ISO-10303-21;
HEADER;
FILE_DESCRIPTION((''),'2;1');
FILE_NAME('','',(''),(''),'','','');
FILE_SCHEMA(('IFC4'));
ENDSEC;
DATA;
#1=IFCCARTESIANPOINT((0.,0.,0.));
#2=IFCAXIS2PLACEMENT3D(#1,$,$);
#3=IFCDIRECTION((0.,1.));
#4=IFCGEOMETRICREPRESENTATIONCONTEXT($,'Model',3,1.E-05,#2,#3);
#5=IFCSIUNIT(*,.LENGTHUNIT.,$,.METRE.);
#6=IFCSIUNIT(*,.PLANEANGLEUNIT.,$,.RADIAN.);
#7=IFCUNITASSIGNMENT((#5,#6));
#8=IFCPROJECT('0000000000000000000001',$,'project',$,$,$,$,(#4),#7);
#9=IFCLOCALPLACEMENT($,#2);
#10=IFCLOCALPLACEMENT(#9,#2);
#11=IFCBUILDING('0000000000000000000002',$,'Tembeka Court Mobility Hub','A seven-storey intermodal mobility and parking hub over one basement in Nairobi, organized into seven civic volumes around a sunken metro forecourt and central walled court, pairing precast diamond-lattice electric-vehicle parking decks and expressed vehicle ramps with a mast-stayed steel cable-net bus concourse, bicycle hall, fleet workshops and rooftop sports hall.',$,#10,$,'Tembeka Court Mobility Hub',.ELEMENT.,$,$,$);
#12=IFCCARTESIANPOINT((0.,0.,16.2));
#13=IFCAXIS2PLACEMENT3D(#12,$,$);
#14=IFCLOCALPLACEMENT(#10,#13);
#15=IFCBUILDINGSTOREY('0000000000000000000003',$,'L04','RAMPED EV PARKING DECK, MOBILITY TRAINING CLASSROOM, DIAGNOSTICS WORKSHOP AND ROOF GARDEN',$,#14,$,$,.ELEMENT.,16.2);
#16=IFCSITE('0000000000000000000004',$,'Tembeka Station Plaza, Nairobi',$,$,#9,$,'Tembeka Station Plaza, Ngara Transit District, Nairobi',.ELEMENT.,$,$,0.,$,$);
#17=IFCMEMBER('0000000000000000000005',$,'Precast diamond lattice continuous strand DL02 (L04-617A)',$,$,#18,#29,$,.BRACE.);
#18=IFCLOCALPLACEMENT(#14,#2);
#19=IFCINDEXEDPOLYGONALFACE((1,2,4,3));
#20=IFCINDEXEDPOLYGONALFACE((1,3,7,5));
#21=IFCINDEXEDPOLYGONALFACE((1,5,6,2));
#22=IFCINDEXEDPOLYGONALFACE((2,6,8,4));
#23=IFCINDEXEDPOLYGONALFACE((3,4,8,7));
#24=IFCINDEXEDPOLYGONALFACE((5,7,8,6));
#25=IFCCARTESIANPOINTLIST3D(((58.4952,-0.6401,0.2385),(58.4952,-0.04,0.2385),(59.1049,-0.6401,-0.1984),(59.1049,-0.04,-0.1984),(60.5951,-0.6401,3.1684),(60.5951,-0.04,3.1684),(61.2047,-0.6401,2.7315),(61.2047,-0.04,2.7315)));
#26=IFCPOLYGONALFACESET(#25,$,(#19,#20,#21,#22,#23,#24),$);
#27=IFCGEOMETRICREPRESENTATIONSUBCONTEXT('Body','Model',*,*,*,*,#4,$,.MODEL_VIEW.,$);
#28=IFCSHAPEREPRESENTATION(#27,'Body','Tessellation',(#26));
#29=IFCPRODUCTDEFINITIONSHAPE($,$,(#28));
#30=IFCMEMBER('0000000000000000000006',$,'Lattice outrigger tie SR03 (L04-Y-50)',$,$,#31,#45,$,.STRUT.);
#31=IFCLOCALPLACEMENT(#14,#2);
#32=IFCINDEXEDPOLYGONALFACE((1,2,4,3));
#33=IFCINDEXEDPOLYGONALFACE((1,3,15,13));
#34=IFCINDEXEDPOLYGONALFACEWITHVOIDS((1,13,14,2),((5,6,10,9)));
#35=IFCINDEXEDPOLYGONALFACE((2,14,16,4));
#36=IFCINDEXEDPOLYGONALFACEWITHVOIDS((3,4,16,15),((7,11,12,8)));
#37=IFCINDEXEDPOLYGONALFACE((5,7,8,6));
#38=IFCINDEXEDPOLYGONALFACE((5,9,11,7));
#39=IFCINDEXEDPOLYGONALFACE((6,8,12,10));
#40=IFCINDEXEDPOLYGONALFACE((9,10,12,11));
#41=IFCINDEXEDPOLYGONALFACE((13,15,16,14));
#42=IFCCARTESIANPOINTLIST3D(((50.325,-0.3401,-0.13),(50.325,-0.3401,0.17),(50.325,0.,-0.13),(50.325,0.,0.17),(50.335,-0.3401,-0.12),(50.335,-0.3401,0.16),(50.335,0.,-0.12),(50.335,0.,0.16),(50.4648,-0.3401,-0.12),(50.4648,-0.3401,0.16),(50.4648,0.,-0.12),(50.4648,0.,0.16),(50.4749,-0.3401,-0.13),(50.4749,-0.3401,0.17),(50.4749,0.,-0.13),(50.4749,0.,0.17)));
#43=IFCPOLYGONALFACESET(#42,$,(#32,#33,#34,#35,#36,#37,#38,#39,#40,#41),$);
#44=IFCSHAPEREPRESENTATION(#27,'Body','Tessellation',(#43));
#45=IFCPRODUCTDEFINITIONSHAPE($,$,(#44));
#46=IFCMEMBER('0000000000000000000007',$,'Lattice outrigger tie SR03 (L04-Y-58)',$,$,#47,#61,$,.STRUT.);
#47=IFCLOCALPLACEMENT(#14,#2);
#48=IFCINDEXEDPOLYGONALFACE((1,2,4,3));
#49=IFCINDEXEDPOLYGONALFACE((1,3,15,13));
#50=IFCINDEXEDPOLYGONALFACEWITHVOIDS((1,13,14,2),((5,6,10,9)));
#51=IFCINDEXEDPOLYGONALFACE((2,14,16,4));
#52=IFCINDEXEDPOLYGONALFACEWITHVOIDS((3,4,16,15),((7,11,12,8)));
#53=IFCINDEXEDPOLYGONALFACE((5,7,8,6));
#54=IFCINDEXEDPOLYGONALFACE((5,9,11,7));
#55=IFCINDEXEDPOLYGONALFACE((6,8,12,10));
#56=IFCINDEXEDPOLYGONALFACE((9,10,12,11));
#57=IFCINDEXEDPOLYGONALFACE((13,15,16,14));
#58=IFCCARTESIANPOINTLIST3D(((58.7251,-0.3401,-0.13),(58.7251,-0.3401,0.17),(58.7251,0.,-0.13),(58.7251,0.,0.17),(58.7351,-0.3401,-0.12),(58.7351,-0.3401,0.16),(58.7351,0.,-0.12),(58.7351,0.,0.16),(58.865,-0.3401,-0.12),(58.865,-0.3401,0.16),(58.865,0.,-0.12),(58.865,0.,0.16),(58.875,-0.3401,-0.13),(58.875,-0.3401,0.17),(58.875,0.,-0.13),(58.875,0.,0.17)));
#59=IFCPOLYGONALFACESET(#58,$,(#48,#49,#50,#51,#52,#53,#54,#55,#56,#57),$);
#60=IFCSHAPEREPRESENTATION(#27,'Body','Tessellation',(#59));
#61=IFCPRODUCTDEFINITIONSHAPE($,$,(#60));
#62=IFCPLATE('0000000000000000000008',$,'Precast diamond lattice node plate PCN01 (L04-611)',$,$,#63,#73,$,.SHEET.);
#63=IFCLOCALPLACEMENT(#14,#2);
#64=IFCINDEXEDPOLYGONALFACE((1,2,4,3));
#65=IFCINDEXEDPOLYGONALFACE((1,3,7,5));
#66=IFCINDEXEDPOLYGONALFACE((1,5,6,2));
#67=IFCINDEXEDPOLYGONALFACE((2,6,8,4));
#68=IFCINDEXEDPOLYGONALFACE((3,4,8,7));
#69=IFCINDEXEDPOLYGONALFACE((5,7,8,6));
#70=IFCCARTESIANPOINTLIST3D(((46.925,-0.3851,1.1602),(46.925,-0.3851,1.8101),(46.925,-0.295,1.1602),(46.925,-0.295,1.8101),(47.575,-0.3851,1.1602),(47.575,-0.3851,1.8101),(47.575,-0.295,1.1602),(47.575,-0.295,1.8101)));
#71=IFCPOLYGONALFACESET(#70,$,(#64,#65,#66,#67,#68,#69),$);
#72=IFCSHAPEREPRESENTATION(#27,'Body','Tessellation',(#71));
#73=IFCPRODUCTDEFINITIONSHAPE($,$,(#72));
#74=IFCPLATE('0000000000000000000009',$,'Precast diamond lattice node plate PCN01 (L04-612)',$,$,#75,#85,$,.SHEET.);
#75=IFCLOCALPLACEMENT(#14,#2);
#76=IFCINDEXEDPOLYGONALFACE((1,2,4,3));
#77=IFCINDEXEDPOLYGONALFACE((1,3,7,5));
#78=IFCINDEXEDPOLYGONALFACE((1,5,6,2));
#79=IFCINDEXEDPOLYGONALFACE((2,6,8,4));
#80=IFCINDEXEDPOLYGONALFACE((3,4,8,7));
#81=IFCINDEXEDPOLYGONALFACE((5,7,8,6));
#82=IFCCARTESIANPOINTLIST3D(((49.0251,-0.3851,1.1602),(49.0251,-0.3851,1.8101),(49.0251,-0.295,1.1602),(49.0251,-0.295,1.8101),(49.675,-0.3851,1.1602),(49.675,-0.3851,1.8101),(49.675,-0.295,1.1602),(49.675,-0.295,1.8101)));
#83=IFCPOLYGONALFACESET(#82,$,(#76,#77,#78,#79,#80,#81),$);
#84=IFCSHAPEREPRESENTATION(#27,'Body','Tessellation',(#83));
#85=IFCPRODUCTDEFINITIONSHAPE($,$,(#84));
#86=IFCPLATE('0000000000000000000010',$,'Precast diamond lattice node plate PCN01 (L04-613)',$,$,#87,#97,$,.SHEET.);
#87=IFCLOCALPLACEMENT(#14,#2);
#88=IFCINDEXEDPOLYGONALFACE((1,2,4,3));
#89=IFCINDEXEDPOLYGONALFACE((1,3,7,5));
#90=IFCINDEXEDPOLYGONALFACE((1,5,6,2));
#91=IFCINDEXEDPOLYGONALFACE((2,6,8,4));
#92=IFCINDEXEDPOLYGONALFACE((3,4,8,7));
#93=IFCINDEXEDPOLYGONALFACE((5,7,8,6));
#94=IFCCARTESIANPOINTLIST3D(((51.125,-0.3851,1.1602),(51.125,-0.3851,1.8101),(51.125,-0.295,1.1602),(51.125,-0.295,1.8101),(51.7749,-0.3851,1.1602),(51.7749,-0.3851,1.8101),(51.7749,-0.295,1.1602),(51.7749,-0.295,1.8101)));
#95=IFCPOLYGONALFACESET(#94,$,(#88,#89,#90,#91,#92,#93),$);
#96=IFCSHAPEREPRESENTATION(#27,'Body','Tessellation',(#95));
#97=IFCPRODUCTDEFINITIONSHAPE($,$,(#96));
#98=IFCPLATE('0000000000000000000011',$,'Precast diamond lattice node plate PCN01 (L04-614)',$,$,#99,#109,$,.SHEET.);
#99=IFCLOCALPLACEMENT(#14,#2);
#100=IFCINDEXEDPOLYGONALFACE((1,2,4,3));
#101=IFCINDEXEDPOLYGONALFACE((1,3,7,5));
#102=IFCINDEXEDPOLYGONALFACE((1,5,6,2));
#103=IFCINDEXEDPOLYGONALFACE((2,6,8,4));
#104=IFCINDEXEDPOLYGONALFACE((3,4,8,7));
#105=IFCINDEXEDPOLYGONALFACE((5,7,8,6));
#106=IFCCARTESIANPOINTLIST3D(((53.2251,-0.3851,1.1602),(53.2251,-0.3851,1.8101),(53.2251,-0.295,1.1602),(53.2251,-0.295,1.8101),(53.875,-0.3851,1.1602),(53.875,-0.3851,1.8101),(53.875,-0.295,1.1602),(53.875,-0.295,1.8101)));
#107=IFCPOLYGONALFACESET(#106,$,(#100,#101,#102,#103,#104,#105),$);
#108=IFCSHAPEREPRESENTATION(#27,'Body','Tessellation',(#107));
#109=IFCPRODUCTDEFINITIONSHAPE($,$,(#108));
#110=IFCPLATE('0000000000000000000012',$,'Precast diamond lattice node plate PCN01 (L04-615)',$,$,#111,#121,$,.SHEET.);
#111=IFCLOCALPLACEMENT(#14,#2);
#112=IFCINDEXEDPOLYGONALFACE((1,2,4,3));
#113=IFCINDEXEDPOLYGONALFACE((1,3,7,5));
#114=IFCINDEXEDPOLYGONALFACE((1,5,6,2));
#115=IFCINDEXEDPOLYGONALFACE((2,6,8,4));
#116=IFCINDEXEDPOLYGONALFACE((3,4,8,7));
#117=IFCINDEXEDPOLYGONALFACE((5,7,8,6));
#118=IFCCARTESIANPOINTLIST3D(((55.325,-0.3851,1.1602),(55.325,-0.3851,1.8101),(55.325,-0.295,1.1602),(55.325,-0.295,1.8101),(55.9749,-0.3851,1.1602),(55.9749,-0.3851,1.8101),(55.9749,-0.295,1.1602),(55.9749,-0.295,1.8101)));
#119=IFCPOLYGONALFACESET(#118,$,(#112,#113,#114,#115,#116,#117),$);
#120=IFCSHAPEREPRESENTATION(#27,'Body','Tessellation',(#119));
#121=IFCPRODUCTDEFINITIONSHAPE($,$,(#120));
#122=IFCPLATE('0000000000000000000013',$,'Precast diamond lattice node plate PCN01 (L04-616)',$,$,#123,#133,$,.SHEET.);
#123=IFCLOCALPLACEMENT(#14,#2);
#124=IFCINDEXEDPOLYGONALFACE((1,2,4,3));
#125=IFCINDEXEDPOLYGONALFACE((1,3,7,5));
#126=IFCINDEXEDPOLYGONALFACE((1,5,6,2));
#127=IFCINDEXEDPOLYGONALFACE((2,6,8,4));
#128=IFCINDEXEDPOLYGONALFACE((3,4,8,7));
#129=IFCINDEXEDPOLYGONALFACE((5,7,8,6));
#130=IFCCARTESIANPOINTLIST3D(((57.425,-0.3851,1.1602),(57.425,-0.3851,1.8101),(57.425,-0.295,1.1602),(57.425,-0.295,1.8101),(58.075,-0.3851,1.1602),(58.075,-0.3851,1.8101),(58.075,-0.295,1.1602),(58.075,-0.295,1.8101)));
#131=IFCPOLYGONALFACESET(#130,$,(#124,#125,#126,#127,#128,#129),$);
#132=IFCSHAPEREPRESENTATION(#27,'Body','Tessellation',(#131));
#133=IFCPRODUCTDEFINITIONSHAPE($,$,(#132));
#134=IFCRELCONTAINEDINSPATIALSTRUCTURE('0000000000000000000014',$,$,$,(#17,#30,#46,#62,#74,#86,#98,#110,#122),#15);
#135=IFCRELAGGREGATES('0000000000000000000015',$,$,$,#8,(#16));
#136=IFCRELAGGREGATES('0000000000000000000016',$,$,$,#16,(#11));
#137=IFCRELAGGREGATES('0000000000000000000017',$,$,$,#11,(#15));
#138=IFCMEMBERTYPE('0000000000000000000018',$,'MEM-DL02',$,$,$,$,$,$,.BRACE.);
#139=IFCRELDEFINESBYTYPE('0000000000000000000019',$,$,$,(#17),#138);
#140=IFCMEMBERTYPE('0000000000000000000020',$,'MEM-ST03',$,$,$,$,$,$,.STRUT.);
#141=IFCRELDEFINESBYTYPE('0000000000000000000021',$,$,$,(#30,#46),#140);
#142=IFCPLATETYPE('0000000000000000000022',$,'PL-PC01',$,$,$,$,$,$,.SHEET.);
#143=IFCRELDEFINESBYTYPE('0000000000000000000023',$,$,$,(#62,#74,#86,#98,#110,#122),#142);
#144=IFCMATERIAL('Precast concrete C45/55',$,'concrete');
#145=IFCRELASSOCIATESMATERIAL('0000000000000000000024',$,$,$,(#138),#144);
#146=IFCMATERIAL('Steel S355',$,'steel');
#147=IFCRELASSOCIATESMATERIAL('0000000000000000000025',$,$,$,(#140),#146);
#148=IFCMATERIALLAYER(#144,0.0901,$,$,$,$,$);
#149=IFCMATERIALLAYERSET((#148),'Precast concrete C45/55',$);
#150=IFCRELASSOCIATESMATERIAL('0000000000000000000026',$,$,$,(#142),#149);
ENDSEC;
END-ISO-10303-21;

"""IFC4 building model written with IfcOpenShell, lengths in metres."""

from ifc_helpers import new_model, si_unit, direction, frame, origin, origin_2d, place, context, subcontext, project, spatial, rectangle, hollow_rectangle, extrude, material, layer, layer_set, material_profile, profile_set, type_object, element, save


model = new_model("IFC4")

# Units and contexts
model_context = context("Model", 3, precision=1e-05, world=origin(), true_north=direction((0.0, 1.0)))
body_context = subcontext(model_context, "Body", "Model", "MODEL_VIEW")
ifc_project = project(units=[si_unit("LENGTHUNIT", "METRE"), si_unit("PLANEANGLEUNIT", "RADIAN")], contexts=[model_context])

# Site, building, storey
site_placement = place(None, origin())
site = spatial("IfcSite", under=ifc_project, at=site_placement, Name="Tembeka Station Plaza, Nairobi", LongName="Tembeka Station Plaza, Ngara Transit District, Nairobi", CompositionType="ELEMENT", RefElevation=0.0)
building_placement = place(site_placement, origin())
building = spatial("IfcBuilding", under=site, at=building_placement, Name="Tembeka Court Mobility Hub", Description="A seven-storey intermodal mobility and parking hub over one basement in Nairobi, organized into seven civic volumes around a sunken metro forecourt and central walled court, pairing precast diamond-lattice electric-vehicle parking decks and expressed vehicle ramps with a mast-stayed steel cable-net bus concourse, bicycle hall, fleet workshops and rooftop sports hall.", LongName="Tembeka Court Mobility Hub", CompositionType="ELEMENT")
storey_placement = place(building_placement, frame((0.0, 0.0, 16.2)))
storey = spatial("IfcBuildingStorey", under=building, at=storey_placement, Name="L04", Description="RAMPED EV PARKING DECK, MOBILITY TRAINING CLASSROOM, DIAGNOSTICS WORKSHOP AND ROOF GARDEN", CompositionType="ELEMENT", Elevation=16.2)

# Shared definitions
ifc_material_1 = material(Name="Steel S355", Category="steel")

# Shared definitions
ifc_material_2 = material(Name="Precast concrete C45/55", Category="concrete")

# Members
ifc_material_profile_1 = material_profile(ifc_material_2, rectangle(XDim=0.6001, YDim=0.75, at=origin_2d()), Name="PC-DIAG 600x750")
ifc_profile_set_1 = profile_set([ifc_material_profile_1], Name="Precast concrete C45/55")
member_type_1 = type_object("IfcMemberType", Name="MEM-DL02", PredefinedType="BRACE", material=ifc_profile_set_1)
member_1_placement = place(storey_placement, frame((58.8, -0.3401, 0.02), z_axis=(0.582532, 0.0, 0.812808), x_axis=(0.0, 1.0, 0.0)))
element("IfcMember", 1, at=member_1_placement, inside=storey, type_object=member_type_1, Name="Precast diamond lattice continuous strand DL02 (L04-617A)", PredefinedType="BRACE", context=body_context, shape_type="SweptSolid", body=[
    extrude(rectangle(XDim=0.6001, YDim=0.75, at=origin_2d()), origin(), (0.0, 0.0, 1.0), 3.6047),
])
ifc_material_profile_2 = material_profile(ifc_material_1, hollow_rectangle(XDim=0.1499, YDim=0.3, WallThickness=0.01, at=origin_2d()), Name="RHS 300x150x10")
ifc_profile_set_2 = profile_set([ifc_material_profile_2], Name="Steel S355")
member_type_2 = type_object("IfcMemberType", Name="MEM-ST03", PredefinedType="STRUT", material=ifc_profile_set_2)
for number, where, z_axis, x_axis, name in (
    (2, (50.3999, 0.0, 0.02), (0.0, -1.0, 0.0), (1.0, 0.0, 0.0), "Lattice outrigger tie SR03 (L04-Y-50)"),
    (3, (58.8, 0.0, 0.02), (0.0, -1.0, 0.0), (1.0, 0.0, 0.0), "Lattice outrigger tie SR03 (L04-Y-58)"),
):
    element("IfcMember", number, at=place(storey_placement, frame(where, z_axis=z_axis, x_axis=x_axis)), inside=storey, type_object=member_type_2, Name=name, PredefinedType="STRUT", context=body_context, shape_type="SweptSolid", body=[
        extrude(hollow_rectangle(XDim=0.1499, YDim=0.3, WallThickness=0.01, at=origin_2d()), origin(), (0.0, 0.0, 1.0), 0.3401),
    ])

# Plates
ifc_layer = layer(ifc_material_2, 0.0901)
ifc_layer_set = layer_set([ifc_layer], Name="Precast concrete C45/55")
plate_type = type_object("IfcPlateType", Name="PL-PC01", PredefinedType="SHEET", material=ifc_layer_set)
for number, where, z_axis, x_axis, name in (
    (4, (47.25, -0.3401, 1.1602), (0.0, 0.0, 1.0), (1.0, 0.0, 0.0), "Precast diamond lattice node plate PCN01 (L04-611)"),
    (5, (49.3501, -0.3401, 1.1602), (0.0, 0.0, 1.0), (1.0, 0.0, 0.0), "Precast diamond lattice node plate PCN01 (L04-612)"),
    (6, (51.45, -0.3401, 1.1602), (0.0, 0.0, 1.0), (1.0, 0.0, 0.0), "Precast diamond lattice node plate PCN01 (L04-613)"),
    (7, (53.55, -0.3401, 1.1602), (0.0, 0.0, 1.0), (1.0, 0.0, 0.0), "Precast diamond lattice node plate PCN01 (L04-614)"),
    (8, (55.6499, -0.3401, 1.1602), (0.0, 0.0, 1.0), (1.0, 0.0, 0.0), "Precast diamond lattice node plate PCN01 (L04-615)"),
    (9, (57.75, -0.3401, 1.1602), (0.0, 0.0, 1.0), (1.0, 0.0, 0.0), "Precast diamond lattice node plate PCN01 (L04-616)"),
):
    element("IfcPlate", number, at=place(storey_placement, frame(where, z_axis=z_axis, x_axis=x_axis)), inside=storey, type_object=plate_type, Name=name, PredefinedType="SHEET", context=body_context, shape_type="SweptSolid", body=[
        extrude(rectangle(XDim=0.6499, YDim=0.0901, at=origin_2d()), origin(), (0.0, 0.0, 1.0), 0.6499),
    ])

save(model, "model.ifc")
